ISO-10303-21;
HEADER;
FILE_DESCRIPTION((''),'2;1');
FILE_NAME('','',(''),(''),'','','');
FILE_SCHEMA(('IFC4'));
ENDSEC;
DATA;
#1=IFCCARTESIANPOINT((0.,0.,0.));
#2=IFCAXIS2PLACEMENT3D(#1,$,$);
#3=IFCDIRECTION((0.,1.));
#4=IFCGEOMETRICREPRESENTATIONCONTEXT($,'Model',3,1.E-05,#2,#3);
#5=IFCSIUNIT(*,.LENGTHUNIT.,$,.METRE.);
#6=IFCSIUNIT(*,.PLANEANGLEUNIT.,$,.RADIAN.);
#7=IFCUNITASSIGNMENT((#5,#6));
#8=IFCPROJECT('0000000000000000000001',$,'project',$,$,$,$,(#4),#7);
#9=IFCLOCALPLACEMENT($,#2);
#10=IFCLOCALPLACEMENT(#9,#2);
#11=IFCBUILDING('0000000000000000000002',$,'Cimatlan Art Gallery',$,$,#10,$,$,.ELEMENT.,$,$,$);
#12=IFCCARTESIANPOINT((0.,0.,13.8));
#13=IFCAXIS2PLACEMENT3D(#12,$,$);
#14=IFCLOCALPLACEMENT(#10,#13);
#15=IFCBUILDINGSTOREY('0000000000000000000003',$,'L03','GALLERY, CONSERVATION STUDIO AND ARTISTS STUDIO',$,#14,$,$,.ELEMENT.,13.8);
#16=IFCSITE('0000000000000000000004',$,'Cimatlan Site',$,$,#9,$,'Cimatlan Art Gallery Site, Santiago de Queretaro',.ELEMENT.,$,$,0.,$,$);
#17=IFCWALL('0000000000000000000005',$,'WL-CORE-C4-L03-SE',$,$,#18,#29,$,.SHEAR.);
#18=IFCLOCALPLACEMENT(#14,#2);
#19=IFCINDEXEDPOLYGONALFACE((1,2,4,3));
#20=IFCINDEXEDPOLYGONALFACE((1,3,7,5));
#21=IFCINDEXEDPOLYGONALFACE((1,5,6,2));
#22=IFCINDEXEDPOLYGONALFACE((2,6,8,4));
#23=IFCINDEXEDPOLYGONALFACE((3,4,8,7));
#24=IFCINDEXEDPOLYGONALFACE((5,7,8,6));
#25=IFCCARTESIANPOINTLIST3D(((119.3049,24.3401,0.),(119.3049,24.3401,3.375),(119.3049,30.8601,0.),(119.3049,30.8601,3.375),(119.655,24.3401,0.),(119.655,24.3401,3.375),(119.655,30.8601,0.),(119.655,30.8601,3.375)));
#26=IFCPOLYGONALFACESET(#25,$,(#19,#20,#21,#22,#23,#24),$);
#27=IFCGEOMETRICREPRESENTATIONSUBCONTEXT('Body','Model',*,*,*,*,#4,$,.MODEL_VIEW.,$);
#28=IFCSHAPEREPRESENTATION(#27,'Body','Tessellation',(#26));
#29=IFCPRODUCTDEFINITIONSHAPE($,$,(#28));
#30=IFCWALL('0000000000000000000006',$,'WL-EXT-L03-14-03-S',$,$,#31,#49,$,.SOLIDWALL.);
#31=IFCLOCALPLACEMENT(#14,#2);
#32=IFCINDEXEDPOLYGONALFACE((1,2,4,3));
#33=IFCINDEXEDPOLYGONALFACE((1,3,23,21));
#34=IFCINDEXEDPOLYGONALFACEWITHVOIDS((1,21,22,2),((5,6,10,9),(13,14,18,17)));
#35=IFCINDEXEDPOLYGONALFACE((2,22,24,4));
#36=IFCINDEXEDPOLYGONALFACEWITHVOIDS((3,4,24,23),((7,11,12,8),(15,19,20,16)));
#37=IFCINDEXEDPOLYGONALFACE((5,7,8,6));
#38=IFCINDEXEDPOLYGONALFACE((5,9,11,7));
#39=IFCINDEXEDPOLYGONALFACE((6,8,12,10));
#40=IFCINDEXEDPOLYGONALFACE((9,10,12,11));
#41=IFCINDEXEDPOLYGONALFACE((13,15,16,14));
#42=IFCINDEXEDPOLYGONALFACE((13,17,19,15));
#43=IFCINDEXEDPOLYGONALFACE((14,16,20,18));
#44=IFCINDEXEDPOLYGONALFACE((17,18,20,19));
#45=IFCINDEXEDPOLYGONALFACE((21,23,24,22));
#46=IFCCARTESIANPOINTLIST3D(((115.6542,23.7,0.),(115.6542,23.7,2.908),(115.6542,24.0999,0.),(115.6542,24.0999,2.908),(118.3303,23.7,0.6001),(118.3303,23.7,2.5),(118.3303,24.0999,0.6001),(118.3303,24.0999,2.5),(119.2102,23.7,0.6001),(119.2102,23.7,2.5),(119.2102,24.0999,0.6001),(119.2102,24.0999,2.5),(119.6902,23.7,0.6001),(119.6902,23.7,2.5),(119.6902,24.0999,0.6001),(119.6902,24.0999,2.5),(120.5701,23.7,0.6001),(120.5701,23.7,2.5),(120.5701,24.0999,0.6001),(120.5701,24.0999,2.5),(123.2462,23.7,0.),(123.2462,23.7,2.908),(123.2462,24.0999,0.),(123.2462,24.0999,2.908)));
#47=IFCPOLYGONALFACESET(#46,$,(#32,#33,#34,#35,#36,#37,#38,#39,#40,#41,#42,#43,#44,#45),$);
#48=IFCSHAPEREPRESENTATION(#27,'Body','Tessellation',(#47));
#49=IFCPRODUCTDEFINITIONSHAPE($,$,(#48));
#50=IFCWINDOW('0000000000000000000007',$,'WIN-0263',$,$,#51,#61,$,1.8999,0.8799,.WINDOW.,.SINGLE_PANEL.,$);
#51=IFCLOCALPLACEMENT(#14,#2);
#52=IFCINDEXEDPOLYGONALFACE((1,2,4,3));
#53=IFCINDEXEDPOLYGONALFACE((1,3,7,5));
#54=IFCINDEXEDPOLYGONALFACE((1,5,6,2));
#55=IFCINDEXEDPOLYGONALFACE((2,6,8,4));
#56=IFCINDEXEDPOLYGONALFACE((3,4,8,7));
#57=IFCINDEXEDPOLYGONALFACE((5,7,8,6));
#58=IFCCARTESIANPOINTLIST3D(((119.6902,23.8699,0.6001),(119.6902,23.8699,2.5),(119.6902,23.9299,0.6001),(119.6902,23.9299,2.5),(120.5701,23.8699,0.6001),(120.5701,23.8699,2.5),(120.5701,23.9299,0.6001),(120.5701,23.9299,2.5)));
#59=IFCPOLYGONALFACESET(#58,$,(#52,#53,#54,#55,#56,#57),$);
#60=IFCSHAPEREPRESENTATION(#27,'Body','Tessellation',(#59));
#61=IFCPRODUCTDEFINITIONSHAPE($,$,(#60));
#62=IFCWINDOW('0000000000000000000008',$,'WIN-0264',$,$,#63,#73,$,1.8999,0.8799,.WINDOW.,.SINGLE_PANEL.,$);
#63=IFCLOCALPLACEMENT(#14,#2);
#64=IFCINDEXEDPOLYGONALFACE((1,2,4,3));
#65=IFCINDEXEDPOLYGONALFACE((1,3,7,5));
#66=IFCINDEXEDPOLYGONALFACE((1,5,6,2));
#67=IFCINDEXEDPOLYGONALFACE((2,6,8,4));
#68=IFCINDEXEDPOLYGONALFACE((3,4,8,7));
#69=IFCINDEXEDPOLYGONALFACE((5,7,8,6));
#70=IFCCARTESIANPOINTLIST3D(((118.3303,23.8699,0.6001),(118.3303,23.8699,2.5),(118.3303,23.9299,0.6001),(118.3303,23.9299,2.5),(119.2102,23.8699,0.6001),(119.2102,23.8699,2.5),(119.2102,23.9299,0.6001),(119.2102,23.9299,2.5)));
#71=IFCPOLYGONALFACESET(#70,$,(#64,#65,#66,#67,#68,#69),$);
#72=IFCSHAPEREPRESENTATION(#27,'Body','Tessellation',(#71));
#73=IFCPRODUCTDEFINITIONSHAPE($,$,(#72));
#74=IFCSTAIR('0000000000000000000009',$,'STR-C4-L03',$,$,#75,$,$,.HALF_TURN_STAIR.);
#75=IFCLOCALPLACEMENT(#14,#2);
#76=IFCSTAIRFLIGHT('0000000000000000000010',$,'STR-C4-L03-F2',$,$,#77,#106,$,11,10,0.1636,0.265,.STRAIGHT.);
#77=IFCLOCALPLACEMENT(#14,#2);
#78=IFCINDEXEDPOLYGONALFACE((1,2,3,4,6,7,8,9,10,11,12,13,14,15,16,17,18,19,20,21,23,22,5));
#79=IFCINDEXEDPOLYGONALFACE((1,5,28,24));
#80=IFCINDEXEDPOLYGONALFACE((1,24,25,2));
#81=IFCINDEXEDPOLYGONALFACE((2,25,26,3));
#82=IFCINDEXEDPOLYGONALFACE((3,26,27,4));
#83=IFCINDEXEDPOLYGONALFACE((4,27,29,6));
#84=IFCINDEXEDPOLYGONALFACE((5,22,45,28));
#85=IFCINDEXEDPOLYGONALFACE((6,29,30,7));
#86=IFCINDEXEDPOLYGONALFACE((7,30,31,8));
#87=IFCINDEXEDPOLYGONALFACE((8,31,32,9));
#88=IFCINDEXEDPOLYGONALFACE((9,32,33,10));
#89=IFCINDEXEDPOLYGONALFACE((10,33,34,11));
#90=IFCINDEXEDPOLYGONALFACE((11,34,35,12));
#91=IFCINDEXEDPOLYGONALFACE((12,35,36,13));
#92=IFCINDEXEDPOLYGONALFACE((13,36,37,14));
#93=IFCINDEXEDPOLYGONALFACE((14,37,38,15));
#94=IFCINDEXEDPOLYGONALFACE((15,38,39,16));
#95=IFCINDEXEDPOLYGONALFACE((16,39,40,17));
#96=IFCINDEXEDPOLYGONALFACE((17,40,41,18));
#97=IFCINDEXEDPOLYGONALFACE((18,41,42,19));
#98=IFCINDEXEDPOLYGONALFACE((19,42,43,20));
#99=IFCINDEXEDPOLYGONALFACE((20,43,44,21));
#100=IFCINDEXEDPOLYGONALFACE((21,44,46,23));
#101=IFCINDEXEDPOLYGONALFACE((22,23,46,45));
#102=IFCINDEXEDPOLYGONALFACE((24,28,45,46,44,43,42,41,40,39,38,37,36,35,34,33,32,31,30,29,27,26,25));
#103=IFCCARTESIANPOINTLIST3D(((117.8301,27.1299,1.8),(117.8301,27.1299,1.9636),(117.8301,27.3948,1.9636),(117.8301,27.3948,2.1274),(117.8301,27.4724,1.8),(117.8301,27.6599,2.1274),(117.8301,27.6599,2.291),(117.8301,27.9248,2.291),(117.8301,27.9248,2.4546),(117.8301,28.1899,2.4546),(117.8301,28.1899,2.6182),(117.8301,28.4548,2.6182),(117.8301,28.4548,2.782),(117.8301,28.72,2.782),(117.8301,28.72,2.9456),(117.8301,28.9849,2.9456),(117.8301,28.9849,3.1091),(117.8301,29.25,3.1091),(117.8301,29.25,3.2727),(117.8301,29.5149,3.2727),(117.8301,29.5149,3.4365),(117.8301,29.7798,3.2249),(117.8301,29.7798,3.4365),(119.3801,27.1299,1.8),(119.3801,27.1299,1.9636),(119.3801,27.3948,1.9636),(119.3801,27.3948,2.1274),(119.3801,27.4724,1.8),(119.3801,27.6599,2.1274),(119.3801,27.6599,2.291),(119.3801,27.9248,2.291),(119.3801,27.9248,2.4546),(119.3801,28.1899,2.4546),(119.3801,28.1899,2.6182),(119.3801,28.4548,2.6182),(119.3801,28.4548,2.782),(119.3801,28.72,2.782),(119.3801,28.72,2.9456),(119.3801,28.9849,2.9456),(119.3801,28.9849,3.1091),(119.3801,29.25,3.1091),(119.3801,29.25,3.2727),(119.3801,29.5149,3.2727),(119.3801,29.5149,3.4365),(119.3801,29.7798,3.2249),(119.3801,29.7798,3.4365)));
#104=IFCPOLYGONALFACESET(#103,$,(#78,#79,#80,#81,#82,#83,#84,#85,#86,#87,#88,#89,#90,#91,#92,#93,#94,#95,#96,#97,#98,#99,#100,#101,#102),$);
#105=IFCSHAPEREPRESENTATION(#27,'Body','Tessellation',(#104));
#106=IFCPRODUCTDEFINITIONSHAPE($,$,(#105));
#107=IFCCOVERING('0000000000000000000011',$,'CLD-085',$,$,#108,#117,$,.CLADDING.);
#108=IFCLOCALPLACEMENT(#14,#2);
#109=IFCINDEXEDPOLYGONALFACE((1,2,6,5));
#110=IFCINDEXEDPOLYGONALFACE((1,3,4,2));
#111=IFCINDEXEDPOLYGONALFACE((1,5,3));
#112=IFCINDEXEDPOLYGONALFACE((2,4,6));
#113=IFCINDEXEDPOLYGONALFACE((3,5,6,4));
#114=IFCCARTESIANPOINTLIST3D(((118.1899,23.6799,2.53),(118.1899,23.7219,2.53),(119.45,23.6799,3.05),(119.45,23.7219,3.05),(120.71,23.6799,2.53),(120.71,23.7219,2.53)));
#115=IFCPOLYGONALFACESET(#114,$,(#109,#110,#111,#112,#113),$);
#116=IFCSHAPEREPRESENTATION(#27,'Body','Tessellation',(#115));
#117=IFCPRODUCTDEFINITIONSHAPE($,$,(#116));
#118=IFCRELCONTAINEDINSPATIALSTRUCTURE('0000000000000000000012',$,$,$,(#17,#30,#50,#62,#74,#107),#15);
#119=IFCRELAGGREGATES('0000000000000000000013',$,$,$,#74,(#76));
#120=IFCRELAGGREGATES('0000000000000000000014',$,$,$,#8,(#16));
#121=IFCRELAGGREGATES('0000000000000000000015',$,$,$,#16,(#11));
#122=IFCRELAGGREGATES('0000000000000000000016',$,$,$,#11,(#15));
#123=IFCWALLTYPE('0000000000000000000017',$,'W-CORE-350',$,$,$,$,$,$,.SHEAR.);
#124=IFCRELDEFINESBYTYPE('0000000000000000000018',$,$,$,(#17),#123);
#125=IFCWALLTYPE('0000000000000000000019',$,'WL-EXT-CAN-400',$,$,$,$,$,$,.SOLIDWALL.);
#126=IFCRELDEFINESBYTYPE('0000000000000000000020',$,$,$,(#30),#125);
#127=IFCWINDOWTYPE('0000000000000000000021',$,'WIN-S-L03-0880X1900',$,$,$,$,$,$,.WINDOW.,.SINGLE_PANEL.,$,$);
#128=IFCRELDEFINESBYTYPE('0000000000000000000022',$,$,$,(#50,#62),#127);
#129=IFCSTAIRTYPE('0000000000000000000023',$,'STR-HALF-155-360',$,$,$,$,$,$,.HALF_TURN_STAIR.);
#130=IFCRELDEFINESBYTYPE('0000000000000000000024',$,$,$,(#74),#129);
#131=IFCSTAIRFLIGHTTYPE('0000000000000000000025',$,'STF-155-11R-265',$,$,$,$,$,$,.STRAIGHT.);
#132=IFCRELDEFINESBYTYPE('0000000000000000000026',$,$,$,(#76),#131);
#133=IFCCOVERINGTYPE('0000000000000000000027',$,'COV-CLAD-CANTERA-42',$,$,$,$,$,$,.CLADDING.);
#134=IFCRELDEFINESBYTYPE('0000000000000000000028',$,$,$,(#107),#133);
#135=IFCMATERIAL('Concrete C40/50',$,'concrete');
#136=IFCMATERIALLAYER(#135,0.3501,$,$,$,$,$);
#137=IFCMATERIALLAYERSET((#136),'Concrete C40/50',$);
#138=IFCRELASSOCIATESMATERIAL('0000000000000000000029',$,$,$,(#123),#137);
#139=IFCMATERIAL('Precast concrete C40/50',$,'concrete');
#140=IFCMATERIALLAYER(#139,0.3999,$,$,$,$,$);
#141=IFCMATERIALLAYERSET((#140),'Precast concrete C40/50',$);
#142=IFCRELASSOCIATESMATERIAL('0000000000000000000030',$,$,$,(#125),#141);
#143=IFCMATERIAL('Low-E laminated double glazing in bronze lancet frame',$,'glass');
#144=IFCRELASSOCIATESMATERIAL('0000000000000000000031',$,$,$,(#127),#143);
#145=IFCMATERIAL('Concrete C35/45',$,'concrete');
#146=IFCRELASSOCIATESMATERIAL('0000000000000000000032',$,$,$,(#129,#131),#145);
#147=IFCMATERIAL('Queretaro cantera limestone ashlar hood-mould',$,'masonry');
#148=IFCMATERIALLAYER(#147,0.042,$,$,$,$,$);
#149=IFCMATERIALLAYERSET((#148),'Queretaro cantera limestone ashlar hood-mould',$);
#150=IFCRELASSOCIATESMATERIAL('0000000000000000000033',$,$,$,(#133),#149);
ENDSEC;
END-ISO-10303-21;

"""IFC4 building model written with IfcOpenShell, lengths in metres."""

from ifc_helpers import new_model, si_unit, direction, frame, frame_2d, origin, place, context, subcontext, project, spatial, polyline, rectangle, outline, extrude, material, layer, layer_set, type_object, element, fill, aggregate, save


model = new_model("IFC4")

# Units and contexts
model_context = context("Model", 3, precision=1e-05, world=origin(), true_north=direction((0.0, 1.0)))
body_context = subcontext(model_context, "Body", "Model", "MODEL_VIEW")
ifc_project = project(units=[si_unit("LENGTHUNIT", "METRE"), si_unit("PLANEANGLEUNIT", "RADIAN")], contexts=[model_context])

# Site, building, storey
site_placement = place(None, origin())
site = spatial("IfcSite", under=ifc_project, at=site_placement, Name="Cimatlan Site", LongName="Cimatlan Art Gallery Site, Santiago de Queretaro", CompositionType="ELEMENT", RefElevation=0.0)
building_placement = place(site_placement, origin())
building = spatial("IfcBuilding", under=site, at=building_placement, Name="Cimatlan Art Gallery", CompositionType="ELEMENT")
storey_placement = place(building_placement, frame((0.0, 0.0, 13.8)))
storey = spatial("IfcBuildingStorey", under=building, at=storey_placement, Name="L03", Description="GALLERY, CONSERVATION STUDIO AND ARTISTS STUDIO", CompositionType="ELEMENT", Elevation=13.8)

# Shared definitions
ifc_material_1 = material(Name="Concrete C40/50", Category="concrete")

# Wall
ifc_layer_1 = layer(ifc_material_1, 0.3501)
ifc_layer_set_1 = layer_set([ifc_layer_1], Name="Concrete C40/50")
wall_type_1 = type_object("IfcWallType", Name="W-CORE-350", PredefinedType="SHEAR", material=ifc_layer_set_1)
wall_1_placement = place(storey_placement, frame((119.48, 24.3401, 0.0), z_axis=(0.0, 0.0, 1.0), x_axis=(0.0, 1.0, 0.0)))
element("IfcWall", 1, at=wall_1_placement, inside=storey, type_object=wall_type_1, Name="WL-CORE-C4-L03-SE", PredefinedType="SHEAR", context=body_context, shape_type="SweptSolid", body=[
    extrude(rectangle(XDim=6.52, YDim=0.3501, at=frame_2d((3.26, 0.0))), origin(), (0.0, 0.0, 1.0), 3.375),
])

# Wall, openings, windows
ifc_material_2 = material(Name="Precast concrete C40/50", Category="concrete")
ifc_layer_2 = layer(ifc_material_2, 0.3999)
ifc_layer_set_2 = layer_set([ifc_layer_2], Name="Precast concrete C40/50")
wall_type_2 = type_object("IfcWallType", Name="WL-EXT-CAN-400", PredefinedType="SOLIDWALL", material=ifc_layer_set_2)
wall_2_placement = place(storey_placement, frame((123.2461, 23.8999, 0.0), z_axis=(0.0, 0.0, 1.0), x_axis=(-1.0, 0.0, 0.0)))
wall_2 = element("IfcWall", 2, at=wall_2_placement, inside=storey, type_object=wall_type_2, Name="WL-EXT-L03-14-03-S", PredefinedType="SOLIDWALL", context=body_context, shape_type="SweptSolid", body=[
    extrude(rectangle(XDim=7.592, YDim=0.3999, at=frame_2d((3.7959, 0.0))), origin(), (0.0, 0.0, 1.0), 2.908),
])
opening_1_placement = place(wall_2_placement, frame((2.676, 0.0, 0.6001)))
opening_1 = element("IfcOpeningElement", 3, at=opening_1_placement, cuts=wall_2, PredefinedType="OPENING", context=body_context, shape_type="SweptSolid", body=[
    extrude(rectangle(XDim=0.8799, YDim=1.8999, at=frame_2d((0.4399, 0.95))), frame((0.0, 0.21, 0.0), z_axis=(0.0, -1.0, 0.0), x_axis=(1.0, 0.0, 0.0)), (0.0, 0.0, 1.0), 0.4199),
])
opening_2_placement = place(wall_2_placement, frame((4.0359, 0.0, 0.6001)))
opening_2 = element("IfcOpeningElement", 4, at=opening_2_placement, cuts=wall_2, PredefinedType="OPENING", context=body_context, shape_type="SweptSolid", body=[
    extrude(rectangle(XDim=0.8799, YDim=1.8999, at=frame_2d((0.4399, 0.95))), frame((0.0, 0.21, 0.0), z_axis=(0.0, -1.0, 0.0), x_axis=(1.0, 0.0, 0.0)), (0.0, 0.0, 1.0), 0.4199),
])
ifc_material_3 = material(Name="Low-E laminated double glazing in bronze lancet frame", Category="glass")
window_type = type_object("IfcWindowType", Name="WIN-S-L03-0880X1900", PartitioningType="SINGLE_PANEL", PredefinedType="WINDOW", material=ifc_material_3)
window_1_placement = place(opening_1_placement, origin())
window_1 = element("IfcWindow", 5, at=window_1_placement, inside=storey, type_object=window_type, Name="WIN-0263", OverallHeight=1.8999, OverallWidth=0.8799, PartitioningType="SINGLE_PANEL", PredefinedType="WINDOW", context=body_context, shape_type="SweptSolid", body=[
    extrude(rectangle(XDim=0.8799, YDim=1.8999, at=frame_2d((0.4399, 0.95))), frame((0.0, 0.03, 0.0), z_axis=(0.0, -1.0, 0.0), x_axis=(1.0, 0.0, 0.0)), (0.0, 0.0, 1.0), 0.0601),
])
fill(opening_1, window_1)
window_2_placement = place(opening_2_placement, origin())
window_2 = element("IfcWindow", 6, at=window_2_placement, inside=storey, type_object=window_type, Name="WIN-0264", OverallHeight=1.8999, OverallWidth=0.8799, PartitioningType="SINGLE_PANEL", PredefinedType="WINDOW", context=body_context, shape_type="SweptSolid", body=[
    extrude(rectangle(XDim=0.8799, YDim=1.8999, at=frame_2d((0.4399, 0.95))), frame((0.0, 0.03, 0.0), z_axis=(0.0, -1.0, 0.0), x_axis=(1.0, 0.0, 0.0)), (0.0, 0.0, 1.0), 0.0601),
])
fill(opening_2, window_2)

# Stair, stair flight
ifc_material_4 = material(Name="Concrete C35/45", Category="concrete")
stair_type = type_object("IfcStairType", Name="STR-HALF-155-360", PredefinedType="HALF_TURN_STAIR", material=ifc_material_4)
stair_placement = place(storey_placement, origin())
stair = element("IfcStair", 7, at=stair_placement, inside=storey, type_object=stair_type, Name="STR-C4-L03", PredefinedType="HALF_TURN_STAIR")
stair_flight_type = type_object("IfcStairFlightType", Name="STF-155-11R-265", PredefinedType="STRAIGHT", material=ifc_material_4)
stair_flight_placement = place(storey_placement, frame((118.605, 27.1299, 1.8), z_axis=(0.0, 0.0, 1.0), x_axis=(0.0, 1.0, 0.0)))
stair_flight = element("IfcStairFlight", 8, at=stair_flight_placement, type_object=stair_flight_type, Name="STR-C4-L03-F2", NumberOfRisers=11, NumberOfTreads=10, PredefinedType="STRAIGHT", RiserHeight=0.1636, TreadLength=0.265, context=body_context, shape_type="SweptSolid", body=[
    extrude(outline(polyline([(0.0, 0.0), (0.0, 0.1636), (0.2649, 0.1636), (0.2649, 0.3274), (0.53, 0.3274), (0.53, 0.491), (0.7949, 0.491), (0.7949, 0.6545), (1.0601, 0.6545), (1.0601, 0.8181), (1.325, 0.8181), (1.325, 0.9819), (1.5901, 0.9819), (1.5901, 1.1455), (1.855, 1.1455), (1.855, 1.3091), (2.1201, 1.3091), (2.1201, 1.4727), (2.385, 1.4727), (2.385, 1.6365), (2.6499, 1.6365), (2.6499, 1.8), (2.6499, 1.4248), (0.3425, 0.0), (0.0, 0.0)])), frame((0.0, 0.7749, 0.0), z_axis=(0.0, -1.0, 0.0), x_axis=(1.0, 0.0, 0.0)), (0.0, 0.0, 1.0), 1.55),
])
aggregate(stair, [stair_flight])

# Covering
ifc_material_5 = material(Name="Queretaro cantera limestone ashlar hood-mould", Category="masonry")
ifc_layer_3 = layer(ifc_material_5, 0.042)
ifc_layer_set_3 = layer_set([ifc_layer_3], Name="Queretaro cantera limestone ashlar hood-mould")
covering_type = type_object("IfcCoveringType", Name="COV-CLAD-CANTERA-42", PredefinedType="CLADDING", material=ifc_layer_set_3)
covering_placement = place(storey_placement, frame((120.71, 23.7219, 2.53), z_axis=(0.0, 1.0, 0.0), x_axis=(-1.0, 0.0, 0.0)))
element("IfcCovering", 9, at=covering_placement, inside=storey, type_object=covering_type, Name="CLD-085", PredefinedType="CLADDING", context=body_context, shape_type="SweptSolid", body=[
    extrude(outline(polyline([(0.0, 0.0), (2.52, 0.0), (1.26, 0.52), (0.0, 0.0)])), origin(), (0.0, 0.0, -1.0), 0.042),
])

save(model, "model.ifc")
